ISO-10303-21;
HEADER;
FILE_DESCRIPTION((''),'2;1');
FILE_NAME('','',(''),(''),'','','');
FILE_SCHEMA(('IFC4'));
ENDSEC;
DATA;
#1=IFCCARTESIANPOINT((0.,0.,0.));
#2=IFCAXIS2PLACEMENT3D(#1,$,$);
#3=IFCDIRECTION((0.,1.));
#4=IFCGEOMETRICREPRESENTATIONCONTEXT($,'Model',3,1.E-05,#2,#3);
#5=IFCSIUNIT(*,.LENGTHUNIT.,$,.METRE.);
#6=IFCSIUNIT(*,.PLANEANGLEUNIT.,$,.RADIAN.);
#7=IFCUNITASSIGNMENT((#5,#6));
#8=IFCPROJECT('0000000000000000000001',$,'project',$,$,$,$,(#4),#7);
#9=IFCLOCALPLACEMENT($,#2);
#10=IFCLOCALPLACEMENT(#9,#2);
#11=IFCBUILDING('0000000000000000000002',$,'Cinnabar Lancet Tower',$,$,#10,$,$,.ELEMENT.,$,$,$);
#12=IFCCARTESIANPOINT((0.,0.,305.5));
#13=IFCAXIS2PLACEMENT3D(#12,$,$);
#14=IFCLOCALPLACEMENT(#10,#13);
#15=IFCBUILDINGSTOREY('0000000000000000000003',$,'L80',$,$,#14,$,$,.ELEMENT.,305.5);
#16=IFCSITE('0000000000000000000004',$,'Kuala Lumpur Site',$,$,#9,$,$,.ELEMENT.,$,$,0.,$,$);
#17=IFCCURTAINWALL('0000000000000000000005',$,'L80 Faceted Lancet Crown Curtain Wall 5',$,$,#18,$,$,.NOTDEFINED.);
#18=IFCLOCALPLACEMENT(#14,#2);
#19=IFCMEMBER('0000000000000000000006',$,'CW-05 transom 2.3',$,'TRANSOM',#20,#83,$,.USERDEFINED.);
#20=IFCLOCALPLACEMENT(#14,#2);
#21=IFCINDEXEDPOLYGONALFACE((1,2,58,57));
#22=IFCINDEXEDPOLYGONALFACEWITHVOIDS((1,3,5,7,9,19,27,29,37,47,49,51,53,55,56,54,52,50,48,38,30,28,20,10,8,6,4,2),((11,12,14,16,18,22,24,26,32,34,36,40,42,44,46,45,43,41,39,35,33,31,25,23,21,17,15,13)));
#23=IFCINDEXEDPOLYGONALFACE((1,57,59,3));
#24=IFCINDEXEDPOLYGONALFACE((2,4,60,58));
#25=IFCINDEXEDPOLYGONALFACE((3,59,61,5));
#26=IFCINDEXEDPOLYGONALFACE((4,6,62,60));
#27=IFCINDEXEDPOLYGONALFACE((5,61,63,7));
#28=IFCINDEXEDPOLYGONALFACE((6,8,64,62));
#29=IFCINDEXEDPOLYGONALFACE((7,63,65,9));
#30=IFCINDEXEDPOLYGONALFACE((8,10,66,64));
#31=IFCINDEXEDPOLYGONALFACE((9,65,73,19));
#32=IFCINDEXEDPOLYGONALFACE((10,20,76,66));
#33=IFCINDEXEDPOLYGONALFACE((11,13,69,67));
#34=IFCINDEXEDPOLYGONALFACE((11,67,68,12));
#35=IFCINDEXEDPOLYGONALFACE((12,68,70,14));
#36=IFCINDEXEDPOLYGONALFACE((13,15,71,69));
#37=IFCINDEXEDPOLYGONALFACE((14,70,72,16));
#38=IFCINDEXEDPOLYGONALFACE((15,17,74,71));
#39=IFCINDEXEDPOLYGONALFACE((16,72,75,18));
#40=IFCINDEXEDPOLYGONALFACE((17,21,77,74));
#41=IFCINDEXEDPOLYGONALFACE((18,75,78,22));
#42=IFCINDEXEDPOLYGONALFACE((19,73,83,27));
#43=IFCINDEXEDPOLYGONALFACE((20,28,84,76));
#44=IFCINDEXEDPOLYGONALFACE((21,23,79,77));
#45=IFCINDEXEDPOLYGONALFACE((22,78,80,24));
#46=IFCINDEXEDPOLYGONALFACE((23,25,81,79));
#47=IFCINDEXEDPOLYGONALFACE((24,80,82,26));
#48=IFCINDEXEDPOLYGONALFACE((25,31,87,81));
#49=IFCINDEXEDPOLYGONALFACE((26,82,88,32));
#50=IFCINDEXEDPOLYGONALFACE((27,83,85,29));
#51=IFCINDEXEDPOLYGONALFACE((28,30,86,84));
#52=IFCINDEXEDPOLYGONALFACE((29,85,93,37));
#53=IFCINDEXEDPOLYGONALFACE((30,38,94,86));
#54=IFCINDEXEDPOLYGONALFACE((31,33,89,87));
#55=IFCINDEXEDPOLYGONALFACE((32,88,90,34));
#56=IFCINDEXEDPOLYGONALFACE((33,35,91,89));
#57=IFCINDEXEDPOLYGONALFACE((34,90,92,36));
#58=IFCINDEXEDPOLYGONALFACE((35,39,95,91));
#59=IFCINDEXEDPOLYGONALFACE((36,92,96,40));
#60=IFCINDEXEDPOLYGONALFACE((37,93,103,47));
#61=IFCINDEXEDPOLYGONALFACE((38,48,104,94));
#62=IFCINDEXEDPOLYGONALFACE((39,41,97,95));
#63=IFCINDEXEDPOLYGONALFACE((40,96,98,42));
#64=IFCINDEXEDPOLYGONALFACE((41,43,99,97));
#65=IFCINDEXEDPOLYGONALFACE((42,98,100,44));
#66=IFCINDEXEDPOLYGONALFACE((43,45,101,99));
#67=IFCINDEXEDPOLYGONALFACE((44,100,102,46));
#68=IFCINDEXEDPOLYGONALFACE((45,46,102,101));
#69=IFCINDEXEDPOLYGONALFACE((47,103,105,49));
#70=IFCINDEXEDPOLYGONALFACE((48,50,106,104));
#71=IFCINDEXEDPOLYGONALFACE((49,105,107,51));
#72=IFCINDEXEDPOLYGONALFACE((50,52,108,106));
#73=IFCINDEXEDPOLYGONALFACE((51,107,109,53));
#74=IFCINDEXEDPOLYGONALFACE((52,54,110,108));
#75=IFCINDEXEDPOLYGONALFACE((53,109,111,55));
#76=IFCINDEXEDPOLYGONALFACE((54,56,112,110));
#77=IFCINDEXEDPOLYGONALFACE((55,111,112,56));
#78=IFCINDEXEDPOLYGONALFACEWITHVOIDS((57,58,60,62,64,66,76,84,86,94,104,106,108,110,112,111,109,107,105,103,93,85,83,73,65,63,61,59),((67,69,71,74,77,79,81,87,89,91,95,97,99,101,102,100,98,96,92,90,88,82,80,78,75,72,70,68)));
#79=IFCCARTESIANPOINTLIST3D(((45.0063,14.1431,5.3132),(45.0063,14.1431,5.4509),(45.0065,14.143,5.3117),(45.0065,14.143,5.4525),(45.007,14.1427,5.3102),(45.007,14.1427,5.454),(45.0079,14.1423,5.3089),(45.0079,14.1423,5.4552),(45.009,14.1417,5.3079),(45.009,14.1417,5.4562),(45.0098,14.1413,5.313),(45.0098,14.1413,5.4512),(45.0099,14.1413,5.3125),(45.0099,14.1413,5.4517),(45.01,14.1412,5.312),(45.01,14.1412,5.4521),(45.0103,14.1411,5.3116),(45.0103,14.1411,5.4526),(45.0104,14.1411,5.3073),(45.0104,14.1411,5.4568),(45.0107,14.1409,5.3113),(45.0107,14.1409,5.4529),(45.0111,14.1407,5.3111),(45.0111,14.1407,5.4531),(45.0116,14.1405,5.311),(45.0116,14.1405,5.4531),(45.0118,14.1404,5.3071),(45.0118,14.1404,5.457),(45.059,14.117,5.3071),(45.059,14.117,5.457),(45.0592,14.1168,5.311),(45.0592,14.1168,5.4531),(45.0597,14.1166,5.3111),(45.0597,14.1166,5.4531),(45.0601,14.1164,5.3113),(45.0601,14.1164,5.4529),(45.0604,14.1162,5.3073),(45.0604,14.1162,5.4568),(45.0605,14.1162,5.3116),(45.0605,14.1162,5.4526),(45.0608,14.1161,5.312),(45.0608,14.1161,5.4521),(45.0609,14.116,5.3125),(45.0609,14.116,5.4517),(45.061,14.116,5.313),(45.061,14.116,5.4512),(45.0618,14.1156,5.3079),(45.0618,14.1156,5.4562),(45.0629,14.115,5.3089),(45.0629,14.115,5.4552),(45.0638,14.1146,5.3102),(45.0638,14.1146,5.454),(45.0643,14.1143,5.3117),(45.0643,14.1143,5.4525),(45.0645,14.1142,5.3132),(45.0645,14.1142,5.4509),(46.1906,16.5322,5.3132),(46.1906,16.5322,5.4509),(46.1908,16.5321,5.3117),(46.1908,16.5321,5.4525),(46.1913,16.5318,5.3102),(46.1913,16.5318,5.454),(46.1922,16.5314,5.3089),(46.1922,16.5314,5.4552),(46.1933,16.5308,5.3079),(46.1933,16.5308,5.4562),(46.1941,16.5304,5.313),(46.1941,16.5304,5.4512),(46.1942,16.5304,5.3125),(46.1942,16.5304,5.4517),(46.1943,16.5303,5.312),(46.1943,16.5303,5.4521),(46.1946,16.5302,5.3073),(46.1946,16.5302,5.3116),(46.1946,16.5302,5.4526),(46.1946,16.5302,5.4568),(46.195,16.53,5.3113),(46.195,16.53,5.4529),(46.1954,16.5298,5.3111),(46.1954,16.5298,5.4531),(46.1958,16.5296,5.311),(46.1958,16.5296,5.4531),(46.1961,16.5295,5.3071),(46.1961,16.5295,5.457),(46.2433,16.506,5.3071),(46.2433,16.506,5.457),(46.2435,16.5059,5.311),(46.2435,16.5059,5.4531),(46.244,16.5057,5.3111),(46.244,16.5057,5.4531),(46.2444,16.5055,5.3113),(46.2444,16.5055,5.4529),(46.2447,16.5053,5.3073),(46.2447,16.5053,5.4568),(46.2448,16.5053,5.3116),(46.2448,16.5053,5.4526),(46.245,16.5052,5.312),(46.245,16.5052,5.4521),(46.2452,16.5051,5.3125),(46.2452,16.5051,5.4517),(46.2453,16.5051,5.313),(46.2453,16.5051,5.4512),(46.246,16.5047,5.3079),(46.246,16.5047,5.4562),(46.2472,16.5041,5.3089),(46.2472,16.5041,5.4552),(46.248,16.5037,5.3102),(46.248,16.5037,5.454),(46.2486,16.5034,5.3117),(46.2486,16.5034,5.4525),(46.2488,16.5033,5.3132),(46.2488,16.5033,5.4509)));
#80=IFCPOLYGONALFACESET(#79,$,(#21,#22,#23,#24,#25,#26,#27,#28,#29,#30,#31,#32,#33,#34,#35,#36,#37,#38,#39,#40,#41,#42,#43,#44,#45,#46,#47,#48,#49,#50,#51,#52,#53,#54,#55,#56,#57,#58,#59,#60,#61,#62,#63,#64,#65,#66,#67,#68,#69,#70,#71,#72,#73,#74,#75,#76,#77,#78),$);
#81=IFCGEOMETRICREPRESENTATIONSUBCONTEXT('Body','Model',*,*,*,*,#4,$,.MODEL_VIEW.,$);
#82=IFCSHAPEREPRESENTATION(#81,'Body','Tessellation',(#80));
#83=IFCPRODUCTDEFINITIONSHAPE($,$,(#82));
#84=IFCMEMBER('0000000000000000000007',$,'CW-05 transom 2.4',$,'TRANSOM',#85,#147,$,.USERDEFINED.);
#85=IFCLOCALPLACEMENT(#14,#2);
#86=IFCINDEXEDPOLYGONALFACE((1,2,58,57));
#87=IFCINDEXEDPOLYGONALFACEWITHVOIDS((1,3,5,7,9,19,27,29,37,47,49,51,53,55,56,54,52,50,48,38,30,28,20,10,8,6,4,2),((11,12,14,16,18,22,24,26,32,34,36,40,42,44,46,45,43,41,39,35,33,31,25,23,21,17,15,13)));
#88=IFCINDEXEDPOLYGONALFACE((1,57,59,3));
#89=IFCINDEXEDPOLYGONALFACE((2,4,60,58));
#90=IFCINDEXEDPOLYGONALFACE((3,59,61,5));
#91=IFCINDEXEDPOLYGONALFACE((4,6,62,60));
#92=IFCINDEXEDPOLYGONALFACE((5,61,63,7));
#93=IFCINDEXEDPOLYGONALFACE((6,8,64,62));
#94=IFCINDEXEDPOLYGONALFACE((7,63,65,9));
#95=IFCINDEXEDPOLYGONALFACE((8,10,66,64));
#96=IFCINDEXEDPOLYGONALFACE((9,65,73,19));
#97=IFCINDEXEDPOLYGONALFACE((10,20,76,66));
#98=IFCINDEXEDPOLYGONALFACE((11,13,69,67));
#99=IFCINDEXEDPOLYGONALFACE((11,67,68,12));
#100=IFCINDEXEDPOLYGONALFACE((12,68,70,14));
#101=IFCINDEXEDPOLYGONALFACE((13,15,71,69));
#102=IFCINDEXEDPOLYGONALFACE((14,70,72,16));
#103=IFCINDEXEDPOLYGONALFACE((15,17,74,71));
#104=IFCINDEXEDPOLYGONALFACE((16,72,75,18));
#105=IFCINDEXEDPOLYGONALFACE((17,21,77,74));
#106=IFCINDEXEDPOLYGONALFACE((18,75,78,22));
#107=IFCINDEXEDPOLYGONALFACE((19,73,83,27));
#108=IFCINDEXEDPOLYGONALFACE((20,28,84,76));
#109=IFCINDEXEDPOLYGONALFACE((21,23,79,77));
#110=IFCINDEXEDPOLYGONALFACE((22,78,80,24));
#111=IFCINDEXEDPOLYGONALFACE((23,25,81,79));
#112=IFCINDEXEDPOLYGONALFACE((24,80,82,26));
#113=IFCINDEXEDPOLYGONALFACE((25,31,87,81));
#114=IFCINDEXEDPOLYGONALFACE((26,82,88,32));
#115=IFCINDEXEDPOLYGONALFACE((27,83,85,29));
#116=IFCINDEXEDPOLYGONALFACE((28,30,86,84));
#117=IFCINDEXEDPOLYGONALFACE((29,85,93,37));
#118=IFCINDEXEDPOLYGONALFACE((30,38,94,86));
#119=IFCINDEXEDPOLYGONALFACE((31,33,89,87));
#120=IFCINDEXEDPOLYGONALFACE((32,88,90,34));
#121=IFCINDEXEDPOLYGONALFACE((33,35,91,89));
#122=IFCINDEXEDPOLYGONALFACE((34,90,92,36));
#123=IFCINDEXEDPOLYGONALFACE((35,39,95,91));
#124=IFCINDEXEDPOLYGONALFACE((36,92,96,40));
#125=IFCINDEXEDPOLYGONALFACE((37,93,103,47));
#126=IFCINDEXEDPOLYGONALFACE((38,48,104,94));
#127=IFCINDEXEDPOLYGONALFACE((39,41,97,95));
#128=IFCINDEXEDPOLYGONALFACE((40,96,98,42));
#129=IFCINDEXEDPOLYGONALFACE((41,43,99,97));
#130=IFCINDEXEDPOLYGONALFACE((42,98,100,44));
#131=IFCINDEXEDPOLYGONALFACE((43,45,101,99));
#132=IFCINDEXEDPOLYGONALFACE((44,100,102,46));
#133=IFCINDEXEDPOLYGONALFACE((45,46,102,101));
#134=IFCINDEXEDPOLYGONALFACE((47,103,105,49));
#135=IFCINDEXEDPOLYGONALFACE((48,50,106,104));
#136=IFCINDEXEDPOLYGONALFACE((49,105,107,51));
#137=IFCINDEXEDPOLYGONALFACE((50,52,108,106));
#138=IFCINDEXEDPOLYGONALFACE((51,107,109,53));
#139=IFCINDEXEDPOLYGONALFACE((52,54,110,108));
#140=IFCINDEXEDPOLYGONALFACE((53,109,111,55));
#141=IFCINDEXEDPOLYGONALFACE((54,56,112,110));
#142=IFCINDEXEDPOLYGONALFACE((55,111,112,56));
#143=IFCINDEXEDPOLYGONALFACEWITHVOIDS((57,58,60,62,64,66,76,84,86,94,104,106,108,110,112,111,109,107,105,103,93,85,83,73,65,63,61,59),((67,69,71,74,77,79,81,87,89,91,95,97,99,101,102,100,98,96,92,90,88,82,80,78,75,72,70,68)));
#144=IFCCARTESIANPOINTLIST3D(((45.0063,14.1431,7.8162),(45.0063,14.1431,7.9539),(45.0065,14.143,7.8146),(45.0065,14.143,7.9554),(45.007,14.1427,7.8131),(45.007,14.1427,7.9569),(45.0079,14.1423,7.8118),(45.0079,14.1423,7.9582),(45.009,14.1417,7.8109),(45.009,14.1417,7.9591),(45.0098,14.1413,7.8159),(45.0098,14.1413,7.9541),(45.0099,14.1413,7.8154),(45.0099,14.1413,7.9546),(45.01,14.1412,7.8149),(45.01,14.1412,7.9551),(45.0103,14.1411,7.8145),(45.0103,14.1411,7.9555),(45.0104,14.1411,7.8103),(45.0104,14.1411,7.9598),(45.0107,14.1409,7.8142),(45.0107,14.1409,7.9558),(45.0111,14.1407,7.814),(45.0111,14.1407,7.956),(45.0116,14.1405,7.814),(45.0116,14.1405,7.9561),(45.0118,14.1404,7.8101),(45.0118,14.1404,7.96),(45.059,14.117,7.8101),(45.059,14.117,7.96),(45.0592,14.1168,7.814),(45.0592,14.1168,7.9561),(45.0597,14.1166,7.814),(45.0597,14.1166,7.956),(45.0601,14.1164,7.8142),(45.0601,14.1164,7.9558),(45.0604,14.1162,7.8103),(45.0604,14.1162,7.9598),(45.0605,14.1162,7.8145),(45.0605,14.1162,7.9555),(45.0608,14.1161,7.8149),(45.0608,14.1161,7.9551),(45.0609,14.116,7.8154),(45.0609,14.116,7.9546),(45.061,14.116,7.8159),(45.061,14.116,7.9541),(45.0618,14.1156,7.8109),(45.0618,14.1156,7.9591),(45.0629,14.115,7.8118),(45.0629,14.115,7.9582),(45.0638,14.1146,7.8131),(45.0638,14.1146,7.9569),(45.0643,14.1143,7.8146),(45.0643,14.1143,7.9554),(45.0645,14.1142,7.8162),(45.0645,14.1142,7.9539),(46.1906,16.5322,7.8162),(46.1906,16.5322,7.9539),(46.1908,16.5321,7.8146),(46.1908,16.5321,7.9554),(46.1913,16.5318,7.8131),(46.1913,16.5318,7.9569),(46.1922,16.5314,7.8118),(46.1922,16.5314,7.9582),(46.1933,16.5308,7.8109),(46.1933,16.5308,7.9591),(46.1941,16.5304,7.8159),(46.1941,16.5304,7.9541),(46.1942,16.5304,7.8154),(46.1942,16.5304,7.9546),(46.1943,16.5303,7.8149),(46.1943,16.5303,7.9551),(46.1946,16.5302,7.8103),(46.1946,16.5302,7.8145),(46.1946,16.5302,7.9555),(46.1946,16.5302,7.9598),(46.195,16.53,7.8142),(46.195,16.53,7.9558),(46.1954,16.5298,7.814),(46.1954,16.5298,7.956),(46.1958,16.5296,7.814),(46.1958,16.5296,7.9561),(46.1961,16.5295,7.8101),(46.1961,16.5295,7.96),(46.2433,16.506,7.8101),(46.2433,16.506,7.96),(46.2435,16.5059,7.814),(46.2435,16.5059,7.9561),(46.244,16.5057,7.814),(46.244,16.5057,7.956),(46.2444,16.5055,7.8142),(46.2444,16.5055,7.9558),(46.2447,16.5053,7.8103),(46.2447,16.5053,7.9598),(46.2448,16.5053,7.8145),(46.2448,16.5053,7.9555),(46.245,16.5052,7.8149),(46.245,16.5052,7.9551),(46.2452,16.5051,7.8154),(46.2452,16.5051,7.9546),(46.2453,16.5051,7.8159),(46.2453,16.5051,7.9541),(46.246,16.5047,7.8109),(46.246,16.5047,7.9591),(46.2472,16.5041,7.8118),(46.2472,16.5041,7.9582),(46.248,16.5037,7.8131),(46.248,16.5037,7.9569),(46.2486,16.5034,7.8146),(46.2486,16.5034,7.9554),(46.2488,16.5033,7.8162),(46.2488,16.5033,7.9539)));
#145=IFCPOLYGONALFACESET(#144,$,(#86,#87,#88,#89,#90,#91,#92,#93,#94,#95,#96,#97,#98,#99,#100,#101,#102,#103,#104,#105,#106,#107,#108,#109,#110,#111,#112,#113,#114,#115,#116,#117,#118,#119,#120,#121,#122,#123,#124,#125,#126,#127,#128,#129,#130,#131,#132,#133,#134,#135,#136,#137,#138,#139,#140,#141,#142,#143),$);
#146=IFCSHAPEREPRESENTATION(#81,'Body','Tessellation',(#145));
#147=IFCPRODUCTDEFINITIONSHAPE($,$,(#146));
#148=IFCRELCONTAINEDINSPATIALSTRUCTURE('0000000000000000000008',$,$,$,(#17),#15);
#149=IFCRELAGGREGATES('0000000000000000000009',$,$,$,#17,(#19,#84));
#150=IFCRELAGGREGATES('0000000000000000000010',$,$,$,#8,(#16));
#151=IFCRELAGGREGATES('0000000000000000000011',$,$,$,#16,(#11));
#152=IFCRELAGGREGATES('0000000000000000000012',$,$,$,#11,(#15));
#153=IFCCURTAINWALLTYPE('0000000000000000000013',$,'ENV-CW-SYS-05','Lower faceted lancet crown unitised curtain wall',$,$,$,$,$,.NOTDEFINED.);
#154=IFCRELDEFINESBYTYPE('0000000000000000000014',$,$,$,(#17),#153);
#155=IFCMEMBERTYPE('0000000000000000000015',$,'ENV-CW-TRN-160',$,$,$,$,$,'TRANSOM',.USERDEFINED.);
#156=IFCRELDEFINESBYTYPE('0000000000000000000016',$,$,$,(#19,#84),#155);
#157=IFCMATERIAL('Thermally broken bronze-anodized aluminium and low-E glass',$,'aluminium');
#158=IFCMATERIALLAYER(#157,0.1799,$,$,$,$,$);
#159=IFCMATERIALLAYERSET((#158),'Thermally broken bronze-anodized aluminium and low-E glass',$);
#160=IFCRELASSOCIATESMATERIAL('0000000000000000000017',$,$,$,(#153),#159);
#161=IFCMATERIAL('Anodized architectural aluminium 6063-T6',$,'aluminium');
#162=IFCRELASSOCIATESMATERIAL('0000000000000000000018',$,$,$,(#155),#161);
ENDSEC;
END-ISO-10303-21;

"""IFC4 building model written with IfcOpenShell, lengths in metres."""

from ifc_helpers import new_model, si_unit, direction, frame, origin, origin_2d, place, context, subcontext, project, spatial, hollow_rectangle, extrude, material, layer, layer_set, material_profile, profile_set, type_object, element, aggregate, save


model = new_model("IFC4")

# Units and contexts
model_context = context("Model", 3, precision=1e-05, world=origin(), true_north=direction((0.0, 1.0)))
body_context = subcontext(model_context, "Body", "Model", "MODEL_VIEW")
ifc_project = project(units=[si_unit("LENGTHUNIT", "METRE"), si_unit("PLANEANGLEUNIT", "RADIAN")], contexts=[model_context])

# Site, building, storey
site_placement = place(None, origin())
site = spatial("IfcSite", under=ifc_project, at=site_placement, Name="Kuala Lumpur Site", CompositionType="ELEMENT", RefElevation=0.0)
building_placement = place(site_placement, origin())
building = spatial("IfcBuilding", under=site, at=building_placement, Name="Cinnabar Lancet Tower", CompositionType="ELEMENT")
storey_placement = place(building_placement, frame((0.0, 0.0, 305.5)))
storey = spatial("IfcBuildingStorey", under=building, at=storey_placement, Name="L80", CompositionType="ELEMENT", Elevation=305.5)

# Curtain wall, members
ifc_material_1 = material(Name="Thermally broken bronze-anodized aluminium and low-E glass", Category="aluminium")
ifc_layer_1 = layer(ifc_material_1, 0.1799)
ifc_layer_set_1 = layer_set([ifc_layer_1], Name="Thermally broken bronze-anodized aluminium and low-E glass")
curtain_wall_type = type_object("IfcCurtainWallType", Name="ENV-CW-SYS-05", Description="Lower faceted lancet crown unitised curtain wall", PredefinedType="NOTDEFINED", material=ifc_layer_set_1)
curtain_wall_placement = place(storey_placement, origin())
curtain_wall = element("IfcCurtainWall", 1, at=curtain_wall_placement, inside=storey, type_object=curtain_wall_type, Name="L80 Faceted Lancet Crown Curtain Wall 5", PredefinedType="NOTDEFINED")
ifc_material_2 = material(Name="Anodized architectural aluminium 6063-T6", Category="aluminium")
ifc_material_profile_1 = material_profile(ifc_material_2, hollow_rectangle(XDim=0.0649, YDim=0.1499, WallThickness=0.0039, InnerFilletRadius=0.002, OuterFilletRadius=0.0061, at=origin_2d()), Name="CW-TRN 150x65x4")
ifc_profile_set_1 = profile_set([ifc_material_profile_1], Name="Anodized architectural aluminium 6063-T6")
member_type_1 = type_object("IfcMemberType", Name="ENV-CW-TRN-160", ElementType="TRANSOM", PredefinedType="USERDEFINED", material=ifc_profile_set_1)
member_1_placement = place(storey_placement, frame((45.0354, 14.1287, 5.3821), z_axis=(0.444135, 0.89596, 0.0), x_axis=(-0.89596, 0.444135, 0.0)))
member_1 = element("IfcMember", 2, at=member_1_placement, type_object=member_type_1, Name="CW-05 transom 2.3", ObjectType="TRANSOM", PredefinedType="USERDEFINED", context=body_context, shape_type="SweptSolid", body=[
    extrude(hollow_rectangle(XDim=0.0649, YDim=0.1499, WallThickness=0.0039, InnerFilletRadius=0.002, OuterFilletRadius=0.0061, at=origin_2d()), origin(), (0.0, 0.0, 1.0), 2.6665),
])
member_2_placement = place(storey_placement, frame((45.0354, 14.1287, 7.885), z_axis=(0.444135, 0.89596, 0.0), x_axis=(-0.89596, 0.444135, 0.0)))
member_2 = element("IfcMember", 3, at=member_2_placement, type_object=member_type_1, Name="CW-05 transom 2.4", ObjectType="TRANSOM", PredefinedType="USERDEFINED", context=body_context, shape_type="SweptSolid", body=[
    extrude(hollow_rectangle(XDim=0.0649, YDim=0.1499, WallThickness=0.0039, InnerFilletRadius=0.002, OuterFilletRadius=0.0061, at=origin_2d()), origin(), (0.0, 0.0, 1.0), 2.6665),
])
aggregate(curtain_wall, [member_1, member_2])

save(model, "model.ifc")
